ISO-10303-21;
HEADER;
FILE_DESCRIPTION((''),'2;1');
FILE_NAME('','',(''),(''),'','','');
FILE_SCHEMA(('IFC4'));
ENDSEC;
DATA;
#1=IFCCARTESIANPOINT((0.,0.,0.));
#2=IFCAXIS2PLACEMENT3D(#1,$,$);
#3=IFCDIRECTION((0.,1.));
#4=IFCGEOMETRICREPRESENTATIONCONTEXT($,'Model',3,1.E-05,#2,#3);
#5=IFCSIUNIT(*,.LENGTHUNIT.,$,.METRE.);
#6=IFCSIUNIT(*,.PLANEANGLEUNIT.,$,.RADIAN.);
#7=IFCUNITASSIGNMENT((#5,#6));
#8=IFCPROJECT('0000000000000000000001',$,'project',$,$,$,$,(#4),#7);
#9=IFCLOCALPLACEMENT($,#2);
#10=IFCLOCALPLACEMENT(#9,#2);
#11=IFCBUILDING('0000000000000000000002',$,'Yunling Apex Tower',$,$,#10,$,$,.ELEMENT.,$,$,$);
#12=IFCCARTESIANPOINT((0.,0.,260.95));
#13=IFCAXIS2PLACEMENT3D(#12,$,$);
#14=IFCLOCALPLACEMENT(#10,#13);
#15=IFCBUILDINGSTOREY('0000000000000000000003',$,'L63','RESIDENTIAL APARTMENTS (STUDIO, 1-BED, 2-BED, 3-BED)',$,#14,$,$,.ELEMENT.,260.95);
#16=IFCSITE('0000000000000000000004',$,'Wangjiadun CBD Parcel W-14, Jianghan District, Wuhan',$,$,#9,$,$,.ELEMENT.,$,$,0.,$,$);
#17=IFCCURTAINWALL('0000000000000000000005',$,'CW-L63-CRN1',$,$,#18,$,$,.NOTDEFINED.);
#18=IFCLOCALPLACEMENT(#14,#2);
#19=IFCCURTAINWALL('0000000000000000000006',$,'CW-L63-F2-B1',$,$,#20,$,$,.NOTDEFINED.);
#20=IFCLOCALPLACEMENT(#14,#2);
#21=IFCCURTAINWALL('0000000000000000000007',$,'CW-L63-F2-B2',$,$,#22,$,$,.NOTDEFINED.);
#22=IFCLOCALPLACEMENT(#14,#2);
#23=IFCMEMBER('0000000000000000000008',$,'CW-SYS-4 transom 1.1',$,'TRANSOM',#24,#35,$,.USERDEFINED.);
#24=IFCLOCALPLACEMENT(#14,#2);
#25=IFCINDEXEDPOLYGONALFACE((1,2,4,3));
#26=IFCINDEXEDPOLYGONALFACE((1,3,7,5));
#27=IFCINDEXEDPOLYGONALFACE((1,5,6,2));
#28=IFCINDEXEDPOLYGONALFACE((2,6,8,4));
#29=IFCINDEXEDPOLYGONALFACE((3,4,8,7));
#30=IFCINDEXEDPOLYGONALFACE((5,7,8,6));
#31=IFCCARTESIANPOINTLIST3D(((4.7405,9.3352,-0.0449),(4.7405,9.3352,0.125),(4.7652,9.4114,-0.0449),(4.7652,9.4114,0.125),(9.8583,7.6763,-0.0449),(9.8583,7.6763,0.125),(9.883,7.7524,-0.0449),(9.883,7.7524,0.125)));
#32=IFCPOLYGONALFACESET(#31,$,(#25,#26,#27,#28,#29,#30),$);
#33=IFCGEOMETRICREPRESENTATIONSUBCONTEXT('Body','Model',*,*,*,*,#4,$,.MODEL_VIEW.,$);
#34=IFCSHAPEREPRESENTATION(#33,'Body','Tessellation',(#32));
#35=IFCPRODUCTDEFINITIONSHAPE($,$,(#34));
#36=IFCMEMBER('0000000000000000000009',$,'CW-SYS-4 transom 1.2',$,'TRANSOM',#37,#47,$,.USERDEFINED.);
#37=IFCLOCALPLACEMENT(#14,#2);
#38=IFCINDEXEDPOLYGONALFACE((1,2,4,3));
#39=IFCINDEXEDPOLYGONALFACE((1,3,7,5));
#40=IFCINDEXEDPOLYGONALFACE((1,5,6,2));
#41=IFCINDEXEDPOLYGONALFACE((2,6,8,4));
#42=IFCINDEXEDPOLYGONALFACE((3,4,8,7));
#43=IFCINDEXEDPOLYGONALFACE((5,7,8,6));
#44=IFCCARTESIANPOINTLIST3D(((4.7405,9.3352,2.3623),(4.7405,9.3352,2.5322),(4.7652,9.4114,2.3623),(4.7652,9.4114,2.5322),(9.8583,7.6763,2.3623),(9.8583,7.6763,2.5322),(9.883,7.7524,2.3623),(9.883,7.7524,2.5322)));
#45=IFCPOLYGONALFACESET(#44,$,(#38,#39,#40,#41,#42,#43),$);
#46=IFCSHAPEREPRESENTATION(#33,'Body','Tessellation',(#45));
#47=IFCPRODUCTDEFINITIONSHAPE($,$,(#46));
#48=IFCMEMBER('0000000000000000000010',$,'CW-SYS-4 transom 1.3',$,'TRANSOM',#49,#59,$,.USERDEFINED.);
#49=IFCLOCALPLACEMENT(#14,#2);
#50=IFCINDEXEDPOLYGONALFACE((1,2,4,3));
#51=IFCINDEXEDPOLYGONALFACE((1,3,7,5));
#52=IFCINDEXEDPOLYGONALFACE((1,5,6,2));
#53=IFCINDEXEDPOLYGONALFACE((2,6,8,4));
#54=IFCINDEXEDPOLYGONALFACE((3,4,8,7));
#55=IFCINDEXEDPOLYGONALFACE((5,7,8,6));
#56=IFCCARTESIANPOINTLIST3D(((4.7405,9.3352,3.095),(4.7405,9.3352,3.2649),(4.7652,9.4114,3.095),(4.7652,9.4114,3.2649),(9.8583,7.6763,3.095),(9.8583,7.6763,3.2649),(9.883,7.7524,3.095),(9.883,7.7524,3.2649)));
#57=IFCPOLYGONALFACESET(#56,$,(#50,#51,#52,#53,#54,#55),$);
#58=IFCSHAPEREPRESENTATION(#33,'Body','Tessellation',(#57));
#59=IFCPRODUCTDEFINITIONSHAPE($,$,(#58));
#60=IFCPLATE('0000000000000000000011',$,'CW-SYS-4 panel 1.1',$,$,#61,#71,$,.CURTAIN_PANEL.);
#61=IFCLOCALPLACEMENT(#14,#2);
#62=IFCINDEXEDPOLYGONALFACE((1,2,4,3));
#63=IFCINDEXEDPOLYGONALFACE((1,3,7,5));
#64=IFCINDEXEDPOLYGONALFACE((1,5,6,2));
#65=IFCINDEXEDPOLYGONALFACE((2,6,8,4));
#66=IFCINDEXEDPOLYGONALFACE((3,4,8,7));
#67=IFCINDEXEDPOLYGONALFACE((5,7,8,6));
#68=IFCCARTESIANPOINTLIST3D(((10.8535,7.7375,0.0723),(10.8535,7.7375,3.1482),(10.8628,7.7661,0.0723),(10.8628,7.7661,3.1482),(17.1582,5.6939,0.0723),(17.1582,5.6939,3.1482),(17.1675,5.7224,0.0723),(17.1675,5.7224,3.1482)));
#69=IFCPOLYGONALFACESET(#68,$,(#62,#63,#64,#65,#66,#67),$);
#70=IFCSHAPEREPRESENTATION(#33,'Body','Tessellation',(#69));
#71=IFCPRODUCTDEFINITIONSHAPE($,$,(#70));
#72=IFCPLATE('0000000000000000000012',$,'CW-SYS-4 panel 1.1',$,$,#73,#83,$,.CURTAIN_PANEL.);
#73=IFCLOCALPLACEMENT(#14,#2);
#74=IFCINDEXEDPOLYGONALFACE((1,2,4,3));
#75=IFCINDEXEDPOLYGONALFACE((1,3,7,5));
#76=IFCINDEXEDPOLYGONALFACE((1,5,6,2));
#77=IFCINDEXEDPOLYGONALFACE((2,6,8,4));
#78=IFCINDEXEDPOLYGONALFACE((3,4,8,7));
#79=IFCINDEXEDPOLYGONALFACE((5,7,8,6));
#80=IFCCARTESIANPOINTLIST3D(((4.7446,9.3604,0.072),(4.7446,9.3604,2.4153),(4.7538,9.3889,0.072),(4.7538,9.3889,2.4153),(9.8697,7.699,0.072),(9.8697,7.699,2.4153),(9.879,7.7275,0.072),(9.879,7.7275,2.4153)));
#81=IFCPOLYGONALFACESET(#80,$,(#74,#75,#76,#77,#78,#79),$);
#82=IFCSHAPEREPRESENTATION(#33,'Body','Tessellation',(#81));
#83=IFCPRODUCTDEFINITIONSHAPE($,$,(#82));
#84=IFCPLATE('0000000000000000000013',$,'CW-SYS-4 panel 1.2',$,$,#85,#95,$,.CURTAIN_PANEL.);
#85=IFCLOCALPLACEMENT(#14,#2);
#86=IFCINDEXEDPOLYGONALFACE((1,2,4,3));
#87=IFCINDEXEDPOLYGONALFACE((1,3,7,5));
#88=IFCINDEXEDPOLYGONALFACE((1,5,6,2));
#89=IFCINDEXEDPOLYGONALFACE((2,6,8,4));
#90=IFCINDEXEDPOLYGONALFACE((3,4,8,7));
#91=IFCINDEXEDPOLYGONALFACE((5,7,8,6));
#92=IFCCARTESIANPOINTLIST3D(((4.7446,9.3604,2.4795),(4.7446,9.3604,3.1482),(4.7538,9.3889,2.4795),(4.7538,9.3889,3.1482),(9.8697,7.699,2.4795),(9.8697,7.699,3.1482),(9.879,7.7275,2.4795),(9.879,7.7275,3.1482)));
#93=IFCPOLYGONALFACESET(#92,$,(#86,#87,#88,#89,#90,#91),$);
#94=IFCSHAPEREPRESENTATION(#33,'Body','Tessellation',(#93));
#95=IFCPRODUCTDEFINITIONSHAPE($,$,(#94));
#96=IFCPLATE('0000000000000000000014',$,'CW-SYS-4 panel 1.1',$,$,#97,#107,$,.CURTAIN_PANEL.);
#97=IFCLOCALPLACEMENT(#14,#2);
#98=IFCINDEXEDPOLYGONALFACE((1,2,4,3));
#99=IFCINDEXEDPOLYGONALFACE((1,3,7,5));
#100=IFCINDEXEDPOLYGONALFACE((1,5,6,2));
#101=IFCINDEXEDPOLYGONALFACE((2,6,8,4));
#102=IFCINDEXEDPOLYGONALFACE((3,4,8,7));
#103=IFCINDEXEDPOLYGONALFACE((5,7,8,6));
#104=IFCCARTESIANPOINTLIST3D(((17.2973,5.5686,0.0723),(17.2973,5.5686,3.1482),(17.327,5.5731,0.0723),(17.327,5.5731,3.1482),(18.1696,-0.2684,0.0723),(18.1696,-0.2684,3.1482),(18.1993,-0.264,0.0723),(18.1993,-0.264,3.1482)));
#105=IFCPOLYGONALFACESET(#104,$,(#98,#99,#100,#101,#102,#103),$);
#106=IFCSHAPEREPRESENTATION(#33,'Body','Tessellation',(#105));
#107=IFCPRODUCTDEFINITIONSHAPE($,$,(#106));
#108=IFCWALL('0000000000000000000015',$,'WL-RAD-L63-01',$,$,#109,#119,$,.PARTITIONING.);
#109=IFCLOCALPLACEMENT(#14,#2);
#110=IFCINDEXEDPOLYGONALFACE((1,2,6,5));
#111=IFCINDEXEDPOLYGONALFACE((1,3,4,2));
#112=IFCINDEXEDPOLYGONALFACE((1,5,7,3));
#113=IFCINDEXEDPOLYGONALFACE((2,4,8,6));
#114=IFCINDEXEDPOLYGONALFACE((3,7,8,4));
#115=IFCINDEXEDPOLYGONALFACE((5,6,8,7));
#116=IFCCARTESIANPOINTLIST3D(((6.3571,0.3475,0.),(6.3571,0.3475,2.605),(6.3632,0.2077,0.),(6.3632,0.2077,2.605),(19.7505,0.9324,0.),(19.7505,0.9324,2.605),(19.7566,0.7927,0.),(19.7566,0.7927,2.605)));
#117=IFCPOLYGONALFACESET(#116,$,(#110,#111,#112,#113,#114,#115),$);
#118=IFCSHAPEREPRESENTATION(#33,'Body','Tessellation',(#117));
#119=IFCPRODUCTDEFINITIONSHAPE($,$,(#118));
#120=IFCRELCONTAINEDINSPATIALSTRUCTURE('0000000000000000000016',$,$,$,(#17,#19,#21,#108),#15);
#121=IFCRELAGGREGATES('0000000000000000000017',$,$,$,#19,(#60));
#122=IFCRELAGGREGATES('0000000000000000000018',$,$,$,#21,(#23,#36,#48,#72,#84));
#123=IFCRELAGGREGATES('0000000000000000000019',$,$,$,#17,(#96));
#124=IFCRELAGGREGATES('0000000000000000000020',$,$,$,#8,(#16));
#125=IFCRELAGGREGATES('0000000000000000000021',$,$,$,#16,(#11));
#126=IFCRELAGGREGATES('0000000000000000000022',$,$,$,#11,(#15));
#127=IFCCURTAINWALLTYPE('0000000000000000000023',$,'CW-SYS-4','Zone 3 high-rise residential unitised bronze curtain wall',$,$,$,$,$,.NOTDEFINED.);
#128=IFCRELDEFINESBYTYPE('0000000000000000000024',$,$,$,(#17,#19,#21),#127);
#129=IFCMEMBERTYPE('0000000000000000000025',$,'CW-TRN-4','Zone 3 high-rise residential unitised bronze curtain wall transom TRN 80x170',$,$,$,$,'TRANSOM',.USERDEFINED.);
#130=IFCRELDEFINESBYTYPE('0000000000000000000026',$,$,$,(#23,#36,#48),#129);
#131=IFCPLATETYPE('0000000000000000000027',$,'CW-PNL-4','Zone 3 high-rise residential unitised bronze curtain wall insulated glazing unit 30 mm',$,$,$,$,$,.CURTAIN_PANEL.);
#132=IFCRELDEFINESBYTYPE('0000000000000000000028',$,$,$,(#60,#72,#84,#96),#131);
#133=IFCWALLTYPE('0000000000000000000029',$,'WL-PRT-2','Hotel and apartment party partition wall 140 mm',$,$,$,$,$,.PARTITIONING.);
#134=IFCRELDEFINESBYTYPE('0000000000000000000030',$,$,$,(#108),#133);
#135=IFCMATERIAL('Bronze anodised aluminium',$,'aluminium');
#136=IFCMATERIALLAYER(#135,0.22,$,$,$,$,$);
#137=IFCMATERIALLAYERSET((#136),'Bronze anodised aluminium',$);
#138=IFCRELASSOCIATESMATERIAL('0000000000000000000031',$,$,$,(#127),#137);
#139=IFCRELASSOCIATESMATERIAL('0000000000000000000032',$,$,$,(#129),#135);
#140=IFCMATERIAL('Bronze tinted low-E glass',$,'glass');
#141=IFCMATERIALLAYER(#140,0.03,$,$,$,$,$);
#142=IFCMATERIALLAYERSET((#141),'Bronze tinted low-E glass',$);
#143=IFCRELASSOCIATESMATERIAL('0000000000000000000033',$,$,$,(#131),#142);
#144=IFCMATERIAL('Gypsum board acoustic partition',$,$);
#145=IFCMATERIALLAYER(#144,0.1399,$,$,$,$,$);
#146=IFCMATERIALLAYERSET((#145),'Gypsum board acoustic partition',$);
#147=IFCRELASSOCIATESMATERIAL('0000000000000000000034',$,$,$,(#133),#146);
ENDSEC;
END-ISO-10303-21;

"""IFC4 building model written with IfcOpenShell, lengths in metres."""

from ifc_helpers import new_model, si_unit, direction, frame, frame_2d, origin, origin_2d, place, context, subcontext, project, spatial, rectangle, extrude, source, transform, mapped, material, layer, layer_set, material_profile, profile_set, type_object, element, aggregate, save


model = new_model("IFC4")

# Units and contexts
model_context = context("Model", 3, precision=1e-05, world=origin(), true_north=direction((0.0, 1.0)))
body_context = subcontext(model_context, "Body", "Model", "MODEL_VIEW")
ifc_project = project(units=[si_unit("LENGTHUNIT", "METRE"), si_unit("PLANEANGLEUNIT", "RADIAN")], contexts=[model_context])

# Site, building, storey
site_placement = place(None, origin())
site = spatial("IfcSite", under=ifc_project, at=site_placement, Name="Wangjiadun CBD Parcel W-14, Jianghan District, Wuhan", CompositionType="ELEMENT", RefElevation=0.0)
building_placement = place(site_placement, origin())
building = spatial("IfcBuilding", under=site, at=building_placement, Name="Yunling Apex Tower", CompositionType="ELEMENT")
storey_placement = place(building_placement, frame((0.0, 0.0, 260.95)))
storey = spatial("IfcBuildingStorey", under=building, at=storey_placement, Name="L63", Description="RESIDENTIAL APARTMENTS (STUDIO, 1-BED, 2-BED, 3-BED)", CompositionType="ELEMENT", Elevation=260.95)

# Curtain wall
ifc_material_1 = material(Name="Bronze anodised aluminium", Category="aluminium")
ifc_layer_1 = layer(ifc_material_1, 0.22)
ifc_layer_set_1 = layer_set([ifc_layer_1], Name="Bronze anodised aluminium")
curtain_wall_type = type_object("IfcCurtainWallType", Name="CW-SYS-4", Description="Zone 3 high-rise residential unitised bronze curtain wall", PredefinedType="NOTDEFINED", material=ifc_layer_set_1)
curtain_wall_1_placement = place(storey_placement, origin())
curtain_wall_1 = element("IfcCurtainWall", 1, at=curtain_wall_1_placement, inside=storey, type_object=curtain_wall_type, Name="CW-L63-CRN1", PredefinedType="NOTDEFINED")

# Curtain wall
curtain_wall_2_placement = place(storey_placement, origin())
curtain_wall_2 = element("IfcCurtainWall", 2, at=curtain_wall_2_placement, inside=storey, type_object=curtain_wall_type, Name="CW-L63-F2-B1", PredefinedType="NOTDEFINED")

# Curtain wall
curtain_wall_3_placement = place(storey_placement, origin())
curtain_wall_3 = element("IfcCurtainWall", 3, at=curtain_wall_3_placement, inside=storey, type_object=curtain_wall_type, Name="CW-L63-F2-B2", PredefinedType="NOTDEFINED")

# Members
ifc_material_profile_1 = material_profile(ifc_material_1, rectangle(XDim=0.0801, YDim=0.1699, at=origin_2d()))
ifc_profile_set_1 = profile_set([ifc_material_profile_1], Name="Bronze anodised aluminium")
member_type_1 = type_object("IfcMemberType", Name="CW-TRN-4", Description="Zone 3 high-rise residential unitised bronze curtain wall transom TRN 80x170", ElementType="TRANSOM", PredefinedType="USERDEFINED", material=ifc_profile_set_1)
shared_shape_1 = source(origin(), body_context, "Body", "SweptSolid", [
    extrude(rectangle(XDim=0.0801, YDim=0.1699, at=origin_2d()), origin(), (0.0, 0.0, 1.0), 5.3799),
])
member_1_placement = place(storey_placement, frame((9.8706, 7.7144, 0.04), z_axis=(-0.951269, 0.308362, 0.0), x_axis=(-0.308362, -0.951269, 0.0)))
member_1 = element("IfcMember", 4, at=member_1_placement, type_object=member_type_1, Name="CW-SYS-4 transom 1.1", ObjectType="TRANSOM", PredefinedType="USERDEFINED", context=body_context, shape_type="MappedRepresentation", body=[
    mapped(shared_shape_1, transform((0.0, 0.0, 0.0), scale=1.0)),
])
member_2_placement = place(storey_placement, frame((9.8706, 7.7144, 2.4473), z_axis=(-0.951269, 0.308362, 0.0), x_axis=(-0.308362, -0.951269, 0.0)))
member_2 = element("IfcMember", 5, at=member_2_placement, type_object=member_type_1, Name="CW-SYS-4 transom 1.2", ObjectType="TRANSOM", PredefinedType="USERDEFINED", context=body_context, shape_type="MappedRepresentation", body=[
    mapped(shared_shape_1, transform((0.0, 0.0, 0.0), scale=1.0)),
])
member_3_placement = place(storey_placement, frame((9.8706, 7.7144, 3.1799), z_axis=(-0.951269, 0.308362, 0.0), x_axis=(-0.308362, -0.951269, 0.0)))
member_3 = element("IfcMember", 6, at=member_3_placement, type_object=member_type_1, Name="CW-SYS-4 transom 1.3", ObjectType="TRANSOM", PredefinedType="USERDEFINED", context=body_context, shape_type="MappedRepresentation", body=[
    mapped(shared_shape_1, transform((0.0, 0.0, 0.0), scale=1.0)),
])

# Plates
ifc_material_2 = material(Name="Bronze tinted low-E glass", Category="glass")
ifc_layer_2 = layer(ifc_material_2, 0.03)
ifc_layer_set_2 = layer_set([ifc_layer_2], Name="Bronze tinted low-E glass")
plate_type = type_object("IfcPlateType", Name="CW-PNL-4", Description="Zone 3 high-rise residential unitised bronze curtain wall insulated glazing unit 30 mm", PredefinedType="CURTAIN_PANEL", material=ifc_layer_set_2)
shared_shape_2 = source(origin(), body_context, "Body", "SweptSolid", [
    extrude(rectangle(XDim=6.6277, YDim=0.03, at=origin_2d()), origin(), (0.0, 0.0, 1.0), 3.0759),
])
plate_1_placement = place(storey_placement, frame((14.0105, 6.73, 0.0723), z_axis=(0.0, 0.0, 1.0), x_axis=(-0.951272, 0.308353, 0.0)))
plate_1 = element("IfcPlate", 7, at=plate_1_placement, type_object=plate_type, Name="CW-SYS-4 panel 1.1", PredefinedType="CURTAIN_PANEL", context=body_context, shape_type="MappedRepresentation", body=[
    mapped(shared_shape_2, transform((0.0, 0.0, 0.0), scale=1.0)),
])
aggregate(curtain_wall_2, [plate_1])
shared_shape_3 = source(origin(), body_context, "Body", "SweptSolid", [
    extrude(rectangle(XDim=5.3877, YDim=0.03, at=origin_2d()), origin(), (0.0, 0.0, 1.0), 2.3433),
])
plate_2_placement = place(storey_placement, frame((7.3118, 8.5439, 0.072), z_axis=(0.0, 0.0, 1.0), x_axis=(-0.951267, 0.308369, 0.0)))
plate_2 = element("IfcPlate", 8, at=plate_2_placement, type_object=plate_type, Name="CW-SYS-4 panel 1.1", PredefinedType="CURTAIN_PANEL", context=body_context, shape_type="MappedRepresentation", body=[
    mapped(shared_shape_3, transform((0.0, 0.0, 0.0), scale=1.0)),
])
shared_shape_4 = source(origin(), body_context, "Body", "SweptSolid", [
    extrude(rectangle(XDim=5.3877, YDim=0.03, at=origin_2d()), origin(), (0.0, 0.0, 1.0), 0.6687),
])
plate_3_placement = place(storey_placement, frame((7.3118, 8.5439, 2.4795), z_axis=(0.0, 0.0, 1.0), x_axis=(-0.951267, 0.308369, 0.0)))
plate_3 = element("IfcPlate", 9, at=plate_3_placement, type_object=plate_type, Name="CW-SYS-4 panel 1.2", PredefinedType="CURTAIN_PANEL", context=body_context, shape_type="MappedRepresentation", body=[
    mapped(shared_shape_4, transform((0.0, 0.0, 0.0), scale=1.0)),
])
aggregate(curtain_wall_3, [member_1, member_2, member_3, plate_2, plate_3])
shared_shape_5 = source(origin(), body_context, "Body", "SweptSolid", [
    extrude(rectangle(XDim=5.9019, YDim=0.03, at=origin_2d()), origin(), (0.0, 0.0, 1.0), 3.0759),
])
plate_4_placement = place(storey_placement, frame((17.7483, 2.6523, 0.0723), z_axis=(0.0, 0.0, 1.0), x_axis=(-0.147803, 0.989017, 0.0)))
plate_4 = element("IfcPlate", 10, at=plate_4_placement, type_object=plate_type, Name="CW-SYS-4 panel 1.1", PredefinedType="CURTAIN_PANEL", context=body_context, shape_type="MappedRepresentation", body=[
    mapped(shared_shape_5, transform((0.0, 0.0, 0.0), scale=1.0)),
])
aggregate(curtain_wall_1, [plate_4])

# Wall
ifc_material_3 = material(Name="Gypsum board acoustic partition")
ifc_layer_3 = layer(ifc_material_3, 0.1399)
ifc_layer_set_3 = layer_set([ifc_layer_3], Name="Gypsum board acoustic partition")
wall_type = type_object("IfcWallType", Name="WL-PRT-2", Description="Hotel and apartment party partition wall 140 mm", PredefinedType="PARTITIONING", material=ifc_layer_set_3)
wall_placement = place(storey_placement, frame((6.3601, 0.2776, 0.0), z_axis=(0.0, 0.0, 1.0), x_axis=(0.999048, 0.043633, 0.0)))
element("IfcWall", 11, at=wall_placement, inside=storey, type_object=wall_type, Name="WL-RAD-L63-01", PredefinedType="PARTITIONING", context=body_context, shape_type="SweptSolid", body=[
    extrude(rectangle(XDim=13.4062, YDim=0.1399, at=frame_2d((6.7031, 0.0))), origin(), (0.0, 0.0, 1.0), 2.605),
])

save(model, "model.ifc")
